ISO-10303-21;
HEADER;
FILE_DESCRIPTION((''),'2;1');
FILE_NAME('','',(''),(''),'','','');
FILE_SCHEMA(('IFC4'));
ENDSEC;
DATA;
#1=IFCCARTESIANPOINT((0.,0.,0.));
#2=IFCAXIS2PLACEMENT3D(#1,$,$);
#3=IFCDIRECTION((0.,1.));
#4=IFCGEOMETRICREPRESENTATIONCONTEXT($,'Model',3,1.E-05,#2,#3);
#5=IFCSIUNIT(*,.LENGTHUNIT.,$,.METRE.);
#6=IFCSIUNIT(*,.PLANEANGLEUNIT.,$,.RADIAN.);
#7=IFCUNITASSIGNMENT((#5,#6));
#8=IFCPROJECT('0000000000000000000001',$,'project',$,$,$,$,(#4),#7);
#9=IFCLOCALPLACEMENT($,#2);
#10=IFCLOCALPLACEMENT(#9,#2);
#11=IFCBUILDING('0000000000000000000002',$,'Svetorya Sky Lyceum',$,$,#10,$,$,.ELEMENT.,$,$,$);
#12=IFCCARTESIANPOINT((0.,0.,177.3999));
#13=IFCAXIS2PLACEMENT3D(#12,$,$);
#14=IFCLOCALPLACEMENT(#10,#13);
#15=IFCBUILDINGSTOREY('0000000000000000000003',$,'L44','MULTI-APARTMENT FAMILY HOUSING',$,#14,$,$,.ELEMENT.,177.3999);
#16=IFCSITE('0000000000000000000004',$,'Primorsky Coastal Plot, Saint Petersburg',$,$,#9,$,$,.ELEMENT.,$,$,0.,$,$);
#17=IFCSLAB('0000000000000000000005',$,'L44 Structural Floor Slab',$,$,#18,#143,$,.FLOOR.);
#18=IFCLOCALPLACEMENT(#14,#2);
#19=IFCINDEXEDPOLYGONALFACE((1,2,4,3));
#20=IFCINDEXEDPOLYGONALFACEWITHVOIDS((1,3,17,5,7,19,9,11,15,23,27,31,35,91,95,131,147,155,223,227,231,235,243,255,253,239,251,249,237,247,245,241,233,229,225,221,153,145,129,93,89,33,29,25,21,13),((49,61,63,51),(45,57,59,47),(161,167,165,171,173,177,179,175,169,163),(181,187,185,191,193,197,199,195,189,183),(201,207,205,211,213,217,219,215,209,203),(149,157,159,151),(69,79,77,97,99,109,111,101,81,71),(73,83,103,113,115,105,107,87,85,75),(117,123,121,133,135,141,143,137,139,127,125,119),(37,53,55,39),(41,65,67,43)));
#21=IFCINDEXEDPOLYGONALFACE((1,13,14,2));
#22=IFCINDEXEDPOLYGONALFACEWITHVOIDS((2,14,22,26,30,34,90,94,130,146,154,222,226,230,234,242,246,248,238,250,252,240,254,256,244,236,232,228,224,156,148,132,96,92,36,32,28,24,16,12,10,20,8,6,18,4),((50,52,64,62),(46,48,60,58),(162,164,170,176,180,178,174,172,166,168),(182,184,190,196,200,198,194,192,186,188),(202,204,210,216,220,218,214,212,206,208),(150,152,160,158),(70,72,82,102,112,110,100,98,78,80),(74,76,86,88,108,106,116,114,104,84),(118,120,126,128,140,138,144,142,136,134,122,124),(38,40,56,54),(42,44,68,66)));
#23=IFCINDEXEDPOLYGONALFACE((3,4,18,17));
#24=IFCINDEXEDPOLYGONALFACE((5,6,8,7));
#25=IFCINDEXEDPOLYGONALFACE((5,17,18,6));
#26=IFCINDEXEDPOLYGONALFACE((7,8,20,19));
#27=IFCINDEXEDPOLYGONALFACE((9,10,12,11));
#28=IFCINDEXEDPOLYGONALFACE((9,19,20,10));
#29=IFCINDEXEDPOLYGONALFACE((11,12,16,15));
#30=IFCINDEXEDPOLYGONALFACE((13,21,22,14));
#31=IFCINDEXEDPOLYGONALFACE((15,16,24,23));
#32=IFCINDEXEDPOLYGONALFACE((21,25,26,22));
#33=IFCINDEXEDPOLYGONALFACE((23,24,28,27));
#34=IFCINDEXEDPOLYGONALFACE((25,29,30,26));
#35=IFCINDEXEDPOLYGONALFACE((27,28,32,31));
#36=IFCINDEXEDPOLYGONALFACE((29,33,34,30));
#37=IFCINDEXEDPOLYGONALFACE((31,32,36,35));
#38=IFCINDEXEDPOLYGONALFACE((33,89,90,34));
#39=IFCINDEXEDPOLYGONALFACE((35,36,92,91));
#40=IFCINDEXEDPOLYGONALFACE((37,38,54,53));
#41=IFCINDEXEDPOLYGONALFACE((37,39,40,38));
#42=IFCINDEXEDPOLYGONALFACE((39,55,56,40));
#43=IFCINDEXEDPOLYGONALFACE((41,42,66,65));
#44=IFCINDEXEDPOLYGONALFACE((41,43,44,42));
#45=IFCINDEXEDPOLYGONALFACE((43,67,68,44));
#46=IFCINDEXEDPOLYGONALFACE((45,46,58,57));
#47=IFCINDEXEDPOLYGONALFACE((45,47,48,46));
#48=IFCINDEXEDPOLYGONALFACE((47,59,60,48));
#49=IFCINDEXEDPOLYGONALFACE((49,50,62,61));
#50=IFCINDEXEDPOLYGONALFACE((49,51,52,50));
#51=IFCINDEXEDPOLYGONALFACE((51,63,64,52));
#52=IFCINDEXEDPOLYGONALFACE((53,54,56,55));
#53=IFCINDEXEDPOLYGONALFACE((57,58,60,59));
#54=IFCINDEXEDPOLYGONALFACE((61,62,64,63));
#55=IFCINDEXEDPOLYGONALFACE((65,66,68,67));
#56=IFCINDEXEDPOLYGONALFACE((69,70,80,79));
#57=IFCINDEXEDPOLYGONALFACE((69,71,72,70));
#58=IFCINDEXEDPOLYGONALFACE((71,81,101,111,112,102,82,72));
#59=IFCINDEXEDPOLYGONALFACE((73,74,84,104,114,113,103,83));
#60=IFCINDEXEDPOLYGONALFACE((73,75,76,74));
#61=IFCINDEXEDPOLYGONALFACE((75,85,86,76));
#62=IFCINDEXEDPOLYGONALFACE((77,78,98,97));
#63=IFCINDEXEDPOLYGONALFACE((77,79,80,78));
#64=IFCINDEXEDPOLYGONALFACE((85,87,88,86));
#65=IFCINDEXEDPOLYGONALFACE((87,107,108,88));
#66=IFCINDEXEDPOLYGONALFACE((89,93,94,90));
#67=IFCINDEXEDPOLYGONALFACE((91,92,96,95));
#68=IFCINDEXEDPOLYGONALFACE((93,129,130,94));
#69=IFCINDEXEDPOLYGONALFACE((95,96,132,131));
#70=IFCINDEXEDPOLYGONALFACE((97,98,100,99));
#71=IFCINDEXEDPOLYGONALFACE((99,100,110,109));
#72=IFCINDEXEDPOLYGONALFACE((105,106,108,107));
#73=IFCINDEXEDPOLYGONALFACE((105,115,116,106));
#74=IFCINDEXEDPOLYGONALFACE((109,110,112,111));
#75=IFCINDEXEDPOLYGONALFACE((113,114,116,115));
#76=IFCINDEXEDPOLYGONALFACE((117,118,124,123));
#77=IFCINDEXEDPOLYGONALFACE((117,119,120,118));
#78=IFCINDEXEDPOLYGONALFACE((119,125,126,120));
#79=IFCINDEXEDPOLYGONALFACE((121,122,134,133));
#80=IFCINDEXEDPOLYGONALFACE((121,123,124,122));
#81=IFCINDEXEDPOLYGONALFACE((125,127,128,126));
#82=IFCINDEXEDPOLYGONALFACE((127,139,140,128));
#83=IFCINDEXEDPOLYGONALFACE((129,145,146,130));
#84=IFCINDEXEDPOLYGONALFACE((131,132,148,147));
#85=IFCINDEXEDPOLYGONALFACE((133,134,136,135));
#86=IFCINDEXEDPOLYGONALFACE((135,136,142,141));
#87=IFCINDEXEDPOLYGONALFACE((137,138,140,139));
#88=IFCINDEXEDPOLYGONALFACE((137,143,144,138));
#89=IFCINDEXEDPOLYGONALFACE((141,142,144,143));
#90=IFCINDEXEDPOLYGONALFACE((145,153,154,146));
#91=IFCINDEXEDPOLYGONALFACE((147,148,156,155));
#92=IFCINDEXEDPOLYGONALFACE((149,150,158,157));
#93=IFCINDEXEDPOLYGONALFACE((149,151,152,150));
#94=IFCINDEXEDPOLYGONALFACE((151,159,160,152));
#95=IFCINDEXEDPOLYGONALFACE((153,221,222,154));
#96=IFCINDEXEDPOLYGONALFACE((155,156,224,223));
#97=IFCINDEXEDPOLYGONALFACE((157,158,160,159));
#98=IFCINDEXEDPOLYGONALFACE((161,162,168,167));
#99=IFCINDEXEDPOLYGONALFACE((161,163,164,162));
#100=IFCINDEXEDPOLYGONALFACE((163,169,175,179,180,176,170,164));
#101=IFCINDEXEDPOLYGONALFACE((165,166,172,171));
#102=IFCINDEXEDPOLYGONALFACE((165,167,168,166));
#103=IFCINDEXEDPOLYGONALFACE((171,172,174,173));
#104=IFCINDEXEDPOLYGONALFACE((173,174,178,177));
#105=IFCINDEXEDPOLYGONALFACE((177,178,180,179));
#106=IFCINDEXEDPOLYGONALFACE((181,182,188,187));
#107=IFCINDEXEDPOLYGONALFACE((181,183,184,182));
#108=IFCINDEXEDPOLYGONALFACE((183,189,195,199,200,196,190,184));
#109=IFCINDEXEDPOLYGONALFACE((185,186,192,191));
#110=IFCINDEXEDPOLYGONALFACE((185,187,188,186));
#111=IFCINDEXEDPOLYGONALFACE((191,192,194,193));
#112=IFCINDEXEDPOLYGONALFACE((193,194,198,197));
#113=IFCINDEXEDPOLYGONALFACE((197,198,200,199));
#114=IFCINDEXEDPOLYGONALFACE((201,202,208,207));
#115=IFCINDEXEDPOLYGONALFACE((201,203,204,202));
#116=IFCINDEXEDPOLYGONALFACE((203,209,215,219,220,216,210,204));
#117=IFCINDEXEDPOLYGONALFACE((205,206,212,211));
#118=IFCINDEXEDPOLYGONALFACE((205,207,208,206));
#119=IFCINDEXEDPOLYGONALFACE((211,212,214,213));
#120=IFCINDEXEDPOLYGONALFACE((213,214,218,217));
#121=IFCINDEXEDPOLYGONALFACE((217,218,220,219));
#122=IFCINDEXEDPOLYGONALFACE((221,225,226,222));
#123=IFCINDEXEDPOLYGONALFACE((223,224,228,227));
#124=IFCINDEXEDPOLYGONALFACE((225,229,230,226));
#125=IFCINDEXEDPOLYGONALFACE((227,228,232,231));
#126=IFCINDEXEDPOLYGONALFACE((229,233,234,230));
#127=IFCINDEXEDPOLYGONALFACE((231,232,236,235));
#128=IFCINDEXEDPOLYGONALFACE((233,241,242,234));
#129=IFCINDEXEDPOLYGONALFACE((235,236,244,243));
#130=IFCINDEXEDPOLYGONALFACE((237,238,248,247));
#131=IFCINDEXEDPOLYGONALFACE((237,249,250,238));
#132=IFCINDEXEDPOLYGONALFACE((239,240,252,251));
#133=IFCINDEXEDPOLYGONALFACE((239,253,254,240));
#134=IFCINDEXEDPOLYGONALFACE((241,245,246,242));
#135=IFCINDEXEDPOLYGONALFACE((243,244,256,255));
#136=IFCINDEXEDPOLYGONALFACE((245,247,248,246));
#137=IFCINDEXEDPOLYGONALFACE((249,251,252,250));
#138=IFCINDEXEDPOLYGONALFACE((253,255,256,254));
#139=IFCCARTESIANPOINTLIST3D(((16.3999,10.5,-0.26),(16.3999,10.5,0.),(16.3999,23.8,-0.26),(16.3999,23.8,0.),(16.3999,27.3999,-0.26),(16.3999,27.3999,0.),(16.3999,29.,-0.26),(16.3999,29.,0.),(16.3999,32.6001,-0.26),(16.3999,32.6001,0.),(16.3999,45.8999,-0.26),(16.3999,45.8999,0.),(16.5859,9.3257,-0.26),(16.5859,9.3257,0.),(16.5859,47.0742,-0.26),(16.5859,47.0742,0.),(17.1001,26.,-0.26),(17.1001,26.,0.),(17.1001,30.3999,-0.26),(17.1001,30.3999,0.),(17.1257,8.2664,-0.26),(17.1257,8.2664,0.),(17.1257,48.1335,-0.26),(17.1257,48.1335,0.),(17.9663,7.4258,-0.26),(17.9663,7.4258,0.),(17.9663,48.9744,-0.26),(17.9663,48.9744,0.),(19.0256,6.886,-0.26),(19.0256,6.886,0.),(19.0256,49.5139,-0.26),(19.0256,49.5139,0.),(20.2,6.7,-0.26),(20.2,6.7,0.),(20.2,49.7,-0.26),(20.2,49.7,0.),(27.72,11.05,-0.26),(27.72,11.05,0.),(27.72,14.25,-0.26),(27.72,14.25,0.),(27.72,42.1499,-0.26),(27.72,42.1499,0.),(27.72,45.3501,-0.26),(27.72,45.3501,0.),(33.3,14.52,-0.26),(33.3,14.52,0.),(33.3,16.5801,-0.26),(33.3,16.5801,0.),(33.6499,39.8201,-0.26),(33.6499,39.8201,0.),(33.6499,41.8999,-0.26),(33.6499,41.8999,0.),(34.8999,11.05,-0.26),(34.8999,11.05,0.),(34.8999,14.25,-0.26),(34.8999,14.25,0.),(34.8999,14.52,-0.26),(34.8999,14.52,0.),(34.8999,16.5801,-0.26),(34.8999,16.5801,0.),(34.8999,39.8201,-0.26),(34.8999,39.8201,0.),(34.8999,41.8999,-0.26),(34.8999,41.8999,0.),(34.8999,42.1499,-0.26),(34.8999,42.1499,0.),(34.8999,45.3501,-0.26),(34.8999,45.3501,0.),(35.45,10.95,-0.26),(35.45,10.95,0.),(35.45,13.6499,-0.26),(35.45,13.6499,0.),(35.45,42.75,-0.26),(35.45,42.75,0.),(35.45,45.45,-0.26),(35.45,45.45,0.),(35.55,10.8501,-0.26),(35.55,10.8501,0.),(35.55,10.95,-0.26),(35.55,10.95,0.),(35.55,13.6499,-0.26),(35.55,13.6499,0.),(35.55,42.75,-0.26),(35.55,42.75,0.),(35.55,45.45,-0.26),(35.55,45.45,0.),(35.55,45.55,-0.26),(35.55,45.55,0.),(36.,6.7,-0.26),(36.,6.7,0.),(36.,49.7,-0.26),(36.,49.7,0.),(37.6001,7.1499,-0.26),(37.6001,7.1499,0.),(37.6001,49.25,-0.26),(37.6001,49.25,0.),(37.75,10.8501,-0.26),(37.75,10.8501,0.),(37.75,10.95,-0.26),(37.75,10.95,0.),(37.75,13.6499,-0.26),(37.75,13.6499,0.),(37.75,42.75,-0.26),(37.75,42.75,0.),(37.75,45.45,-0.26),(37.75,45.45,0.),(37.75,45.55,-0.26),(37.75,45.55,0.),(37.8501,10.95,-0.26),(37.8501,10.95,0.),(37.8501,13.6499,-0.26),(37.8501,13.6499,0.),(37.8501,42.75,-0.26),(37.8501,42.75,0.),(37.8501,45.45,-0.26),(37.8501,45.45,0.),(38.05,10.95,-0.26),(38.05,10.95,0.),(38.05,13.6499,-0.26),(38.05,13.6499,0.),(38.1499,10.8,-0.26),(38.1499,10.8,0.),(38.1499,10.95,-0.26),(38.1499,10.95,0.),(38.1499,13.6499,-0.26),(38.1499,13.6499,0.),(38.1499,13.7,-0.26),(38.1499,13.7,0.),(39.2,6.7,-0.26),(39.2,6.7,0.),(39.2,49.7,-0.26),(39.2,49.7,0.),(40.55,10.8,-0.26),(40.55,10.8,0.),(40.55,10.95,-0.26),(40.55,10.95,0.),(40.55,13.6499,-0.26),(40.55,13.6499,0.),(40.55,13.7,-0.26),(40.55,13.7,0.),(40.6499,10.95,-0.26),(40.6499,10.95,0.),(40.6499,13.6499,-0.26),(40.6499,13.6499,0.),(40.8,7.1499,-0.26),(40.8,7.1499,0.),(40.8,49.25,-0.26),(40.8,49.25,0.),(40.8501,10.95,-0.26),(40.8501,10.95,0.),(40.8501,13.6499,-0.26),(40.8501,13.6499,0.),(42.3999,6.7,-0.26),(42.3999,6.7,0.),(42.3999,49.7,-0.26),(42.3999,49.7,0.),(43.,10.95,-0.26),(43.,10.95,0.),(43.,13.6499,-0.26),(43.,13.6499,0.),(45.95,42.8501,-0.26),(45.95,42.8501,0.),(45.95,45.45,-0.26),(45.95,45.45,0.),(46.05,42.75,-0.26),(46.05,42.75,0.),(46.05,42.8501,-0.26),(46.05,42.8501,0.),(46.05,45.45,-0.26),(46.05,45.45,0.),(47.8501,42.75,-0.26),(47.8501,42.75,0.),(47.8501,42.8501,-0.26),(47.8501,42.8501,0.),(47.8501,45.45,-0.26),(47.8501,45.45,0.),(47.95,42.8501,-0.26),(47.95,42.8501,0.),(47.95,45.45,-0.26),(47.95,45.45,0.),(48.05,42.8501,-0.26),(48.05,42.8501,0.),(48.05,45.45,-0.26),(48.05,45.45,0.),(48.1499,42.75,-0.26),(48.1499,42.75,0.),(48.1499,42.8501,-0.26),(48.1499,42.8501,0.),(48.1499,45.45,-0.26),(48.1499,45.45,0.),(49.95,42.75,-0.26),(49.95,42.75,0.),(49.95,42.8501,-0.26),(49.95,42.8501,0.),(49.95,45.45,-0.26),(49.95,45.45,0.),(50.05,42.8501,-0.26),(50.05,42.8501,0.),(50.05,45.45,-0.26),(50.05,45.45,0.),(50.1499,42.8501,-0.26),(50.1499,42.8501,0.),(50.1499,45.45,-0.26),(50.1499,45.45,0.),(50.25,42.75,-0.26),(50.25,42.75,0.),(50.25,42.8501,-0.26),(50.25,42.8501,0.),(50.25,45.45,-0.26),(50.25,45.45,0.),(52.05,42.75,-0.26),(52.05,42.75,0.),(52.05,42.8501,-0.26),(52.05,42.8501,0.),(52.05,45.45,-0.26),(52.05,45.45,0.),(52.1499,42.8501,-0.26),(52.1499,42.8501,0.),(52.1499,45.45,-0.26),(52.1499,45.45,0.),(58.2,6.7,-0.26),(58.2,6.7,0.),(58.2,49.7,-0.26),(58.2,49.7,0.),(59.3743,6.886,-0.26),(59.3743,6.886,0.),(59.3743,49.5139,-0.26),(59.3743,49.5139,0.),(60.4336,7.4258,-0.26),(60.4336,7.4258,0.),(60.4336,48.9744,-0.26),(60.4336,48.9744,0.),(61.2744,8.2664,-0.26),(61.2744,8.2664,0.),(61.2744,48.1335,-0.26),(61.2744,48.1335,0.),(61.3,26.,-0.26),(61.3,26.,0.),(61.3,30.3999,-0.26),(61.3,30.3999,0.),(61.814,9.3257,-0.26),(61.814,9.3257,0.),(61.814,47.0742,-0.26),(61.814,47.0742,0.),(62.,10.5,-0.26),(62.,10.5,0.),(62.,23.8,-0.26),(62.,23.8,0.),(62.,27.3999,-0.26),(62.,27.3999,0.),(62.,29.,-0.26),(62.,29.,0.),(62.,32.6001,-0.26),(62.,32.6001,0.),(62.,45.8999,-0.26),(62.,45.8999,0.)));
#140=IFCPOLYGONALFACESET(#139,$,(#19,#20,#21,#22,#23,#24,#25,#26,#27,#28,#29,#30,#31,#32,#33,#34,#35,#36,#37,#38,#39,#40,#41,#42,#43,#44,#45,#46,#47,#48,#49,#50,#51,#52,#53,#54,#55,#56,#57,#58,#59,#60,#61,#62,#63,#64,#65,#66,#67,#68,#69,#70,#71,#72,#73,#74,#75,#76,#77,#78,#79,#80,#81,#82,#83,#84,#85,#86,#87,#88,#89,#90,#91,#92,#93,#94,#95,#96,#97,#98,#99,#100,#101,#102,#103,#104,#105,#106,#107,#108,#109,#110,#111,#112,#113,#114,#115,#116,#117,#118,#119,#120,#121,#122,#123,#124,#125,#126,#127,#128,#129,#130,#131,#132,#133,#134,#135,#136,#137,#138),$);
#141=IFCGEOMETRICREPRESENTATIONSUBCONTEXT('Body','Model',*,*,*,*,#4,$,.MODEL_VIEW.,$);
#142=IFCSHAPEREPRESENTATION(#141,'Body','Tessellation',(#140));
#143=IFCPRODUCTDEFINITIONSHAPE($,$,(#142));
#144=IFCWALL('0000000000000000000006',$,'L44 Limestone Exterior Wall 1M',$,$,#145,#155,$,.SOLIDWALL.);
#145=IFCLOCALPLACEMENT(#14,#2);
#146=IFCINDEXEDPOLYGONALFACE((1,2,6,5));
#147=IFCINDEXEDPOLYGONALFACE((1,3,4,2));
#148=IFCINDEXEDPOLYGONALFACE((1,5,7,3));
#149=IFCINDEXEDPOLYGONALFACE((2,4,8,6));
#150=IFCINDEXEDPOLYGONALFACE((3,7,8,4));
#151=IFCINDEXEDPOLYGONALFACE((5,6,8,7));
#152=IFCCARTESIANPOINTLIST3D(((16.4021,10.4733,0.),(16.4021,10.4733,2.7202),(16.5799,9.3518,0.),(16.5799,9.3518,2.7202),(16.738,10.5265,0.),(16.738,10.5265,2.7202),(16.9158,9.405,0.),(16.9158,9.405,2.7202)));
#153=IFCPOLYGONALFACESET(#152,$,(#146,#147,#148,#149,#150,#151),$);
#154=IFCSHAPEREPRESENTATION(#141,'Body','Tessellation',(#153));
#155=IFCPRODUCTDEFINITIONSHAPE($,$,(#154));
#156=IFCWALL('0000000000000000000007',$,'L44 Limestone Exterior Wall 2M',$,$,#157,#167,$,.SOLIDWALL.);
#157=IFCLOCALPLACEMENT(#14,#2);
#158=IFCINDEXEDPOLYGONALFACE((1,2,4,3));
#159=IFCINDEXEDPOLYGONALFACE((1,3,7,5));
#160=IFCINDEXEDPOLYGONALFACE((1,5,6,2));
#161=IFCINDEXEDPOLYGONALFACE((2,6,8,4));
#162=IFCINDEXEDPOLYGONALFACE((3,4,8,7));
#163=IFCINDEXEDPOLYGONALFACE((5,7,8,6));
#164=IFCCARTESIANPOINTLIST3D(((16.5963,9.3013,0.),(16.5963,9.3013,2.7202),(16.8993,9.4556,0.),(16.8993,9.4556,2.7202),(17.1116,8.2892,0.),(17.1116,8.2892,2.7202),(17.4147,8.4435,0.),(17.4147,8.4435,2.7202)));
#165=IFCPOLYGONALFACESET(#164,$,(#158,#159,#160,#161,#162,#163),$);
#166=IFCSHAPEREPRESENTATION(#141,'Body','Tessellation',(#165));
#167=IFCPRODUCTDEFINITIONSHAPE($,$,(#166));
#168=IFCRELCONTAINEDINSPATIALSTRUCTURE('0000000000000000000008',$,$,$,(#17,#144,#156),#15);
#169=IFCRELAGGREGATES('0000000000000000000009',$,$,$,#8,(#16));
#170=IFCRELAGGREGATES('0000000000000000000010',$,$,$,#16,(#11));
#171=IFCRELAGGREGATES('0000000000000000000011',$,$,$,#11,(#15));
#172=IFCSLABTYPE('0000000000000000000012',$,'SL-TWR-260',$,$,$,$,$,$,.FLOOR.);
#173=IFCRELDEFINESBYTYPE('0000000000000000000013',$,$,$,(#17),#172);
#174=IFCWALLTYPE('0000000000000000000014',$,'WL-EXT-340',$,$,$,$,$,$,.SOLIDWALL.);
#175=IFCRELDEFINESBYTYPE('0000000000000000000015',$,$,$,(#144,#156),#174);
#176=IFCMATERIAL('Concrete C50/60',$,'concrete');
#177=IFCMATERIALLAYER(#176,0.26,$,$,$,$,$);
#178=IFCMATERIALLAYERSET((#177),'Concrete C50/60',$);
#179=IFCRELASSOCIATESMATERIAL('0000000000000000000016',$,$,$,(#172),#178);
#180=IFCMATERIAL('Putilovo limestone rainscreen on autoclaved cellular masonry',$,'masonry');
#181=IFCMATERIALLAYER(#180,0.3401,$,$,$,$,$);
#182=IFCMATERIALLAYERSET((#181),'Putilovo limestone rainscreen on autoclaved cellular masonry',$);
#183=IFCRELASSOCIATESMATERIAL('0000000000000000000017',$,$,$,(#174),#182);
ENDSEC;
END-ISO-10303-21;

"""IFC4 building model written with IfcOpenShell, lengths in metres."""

from ifc_helpers import new_model, si_unit, direction, frame, frame_2d, origin, place, context, subcontext, project, spatial, polyline, rectangle, outline, extrude, material, layer, layer_set, type_object, element, save


model = new_model("IFC4")

# Units and contexts
model_context = context("Model", 3, precision=1e-05, world=origin(), true_north=direction((0.0, 1.0)))
body_context = subcontext(model_context, "Body", "Model", "MODEL_VIEW")
ifc_project = project(units=[si_unit("LENGTHUNIT", "METRE"), si_unit("PLANEANGLEUNIT", "RADIAN")], contexts=[model_context])

# Site, building, storey
site_placement = place(None, origin())
site = spatial("IfcSite", under=ifc_project, at=site_placement, Name="Primorsky Coastal Plot, Saint Petersburg", CompositionType="ELEMENT", RefElevation=0.0)
building_placement = place(site_placement, origin())
building = spatial("IfcBuilding", under=site, at=building_placement, Name="Svetorya Sky Lyceum", CompositionType="ELEMENT")
storey_placement = place(building_placement, frame((0.0, 0.0, 177.3999)))
storey = spatial("IfcBuildingStorey", under=building, at=storey_placement, Name="L44", Description="MULTI-APARTMENT FAMILY HOUSING", CompositionType="ELEMENT", Elevation=177.3999)

# Slab
ifc_material_1 = material(Name="Concrete C50/60", Category="concrete")
ifc_layer_1 = layer(ifc_material_1, 0.26)
ifc_layer_set_1 = layer_set([ifc_layer_1], Name="Concrete C50/60")
slab_type_1 = type_object("IfcSlabType", Name="SL-TWR-260", PredefinedType="FLOOR", material=ifc_layer_set_1)
slab_1_placement = place(storey_placement, frame((0.0, 0.0, -0.26)))
element("IfcSlab", 1, at=slab_1_placement, inside=storey, type_object=slab_type_1, Name="L44 Structural Floor Slab", PredefinedType="FLOOR", context=body_context, shape_type="SweptSolid", body=[
    extrude(outline(polyline([(16.3999, 10.5), (16.5859, 9.3257), (17.1257, 8.2664), (17.9663, 7.4258), (19.0256, 6.886), (20.2, 6.7), (36.0, 6.7), (37.6001, 7.1499), (39.2, 6.7), (40.8, 7.1499), (42.3999, 6.7), (58.2, 6.7), (59.3743, 6.886), (60.4336, 7.4258), (61.2744, 8.2664), (61.814, 9.3257), (62.0, 10.5), (62.0, 23.8), (61.3, 26.0), (62.0, 27.3999), (62.0, 29.0), (61.3, 30.3999), (62.0, 32.6001), (62.0, 45.8999), (61.814, 47.0742), (61.2744, 48.1335), (60.4336, 48.9744), (59.3743, 49.5139), (58.2, 49.7), (42.3999, 49.7), (40.8, 49.25), (39.2, 49.7), (37.6001, 49.25), (36.0, 49.7), (20.2, 49.7), (19.0256, 49.5139), (17.9663, 48.9744), (17.1257, 48.1335), (16.5859, 47.0742), (16.3999, 45.8999), (16.3999, 32.6001), (17.1001, 30.3999), (16.3999, 29.0), (16.3999, 27.3999), (17.1001, 26.0), (16.3999, 23.8), (16.3999, 10.5)]), holes=[polyline([(37.8501, 10.95), (37.75, 10.95), (37.75, 10.8501), (35.55, 10.8501), (35.55, 10.95), (35.45, 10.95), (35.45, 13.6499), (35.55, 13.6499), (37.75, 13.6499), (37.8501, 13.6499), (37.8501, 10.95)]), polyline([(38.1499, 10.8), (38.1499, 10.95), (38.05, 10.95), (38.05, 13.6499), (38.1499, 13.6499), (38.1499, 13.7), (40.55, 13.7), (40.55, 13.6499), (40.6499, 13.6499), (40.6499, 10.95), (40.55, 10.95), (40.55, 10.8), (38.1499, 10.8)]), polyline([(27.72, 11.05), (27.72, 14.25), (34.8999, 14.25), (34.8999, 11.05), (27.72, 11.05)]), polyline([(33.3, 14.52), (33.3, 16.5801), (34.8999, 16.5801), (34.8999, 14.52), (33.3, 14.52)]), polyline([(33.6499, 39.8201), (33.6499, 41.8999), (34.8999, 41.8999), (34.8999, 39.8201), (33.6499, 39.8201)]), polyline([(27.72, 42.1499), (27.72, 45.3501), (34.8999, 45.3501), (34.8999, 42.1499), (27.72, 42.1499)]), polyline([(37.75, 42.75), (35.55, 42.75), (35.45, 42.75), (35.45, 45.45), (35.55, 45.45), (35.55, 45.55), (37.75, 45.55), (37.75, 45.45), (37.8501, 45.45), (37.8501, 42.75), (37.75, 42.75)]), polyline([(40.8501, 10.95), (40.8501, 13.6499), (43.0, 13.6499), (43.0, 10.95), (40.8501, 10.95)]), polyline([(46.05, 42.75), (46.05, 42.8501), (45.95, 42.8501), (45.95, 45.45), (46.05, 45.45), (47.8501, 45.45), (47.95, 45.45), (47.95, 42.8501), (47.8501, 42.8501), (47.8501, 42.75), (46.05, 42.75)]), polyline([(50.05, 42.8501), (49.95, 42.8501), (49.95, 42.75), (48.1499, 42.75), (48.1499, 42.8501), (48.05, 42.8501), (48.05, 45.45), (48.1499, 45.45), (49.95, 45.45), (50.05, 45.45), (50.05, 42.8501)]), polyline([(52.1499, 42.8501), (52.05, 42.8501), (52.05, 42.75), (50.25, 42.75), (50.25, 42.8501), (50.1499, 42.8501), (50.1499, 45.45), (50.25, 45.45), (52.05, 45.45), (52.1499, 45.45), (52.1499, 42.8501)])]), origin(), (0.0, 0.0, 1.0), 0.26),
])

# Walls
ifc_material_2 = material(Name="Putilovo limestone rainscreen on autoclaved cellular masonry", Category="masonry")
ifc_layer_2 = layer(ifc_material_2, 0.3401)
ifc_layer_set_2 = layer_set([ifc_layer_2], Name="Putilovo limestone rainscreen on autoclaved cellular masonry")
wall_type_1 = type_object("IfcWallType", Name="WL-EXT-340", PredefinedType="SOLIDWALL", material=ifc_layer_set_2)
wall_1_placement = place(storey_placement, frame((16.5701, 10.5, 0.0), z_axis=(0.0, 0.0, 1.0), x_axis=(0.156515, -0.987676, 0.0)))
element("IfcWall", 2, at=wall_1_placement, inside=storey, type_object=wall_type_1, Name="L44 Limestone Exterior Wall 1M", PredefinedType="SOLIDWALL", context=body_context, shape_type="SweptSolid", body=[
    extrude(rectangle(XDim=1.1355, YDim=0.3401, at=frame_2d((0.5679, 0.0))), origin(), (0.0, 0.0, 1.0), 2.7202),
])
for number, where, z_axis, x_axis, name in (
    (3, (16.7478, 9.3784, 0.0), (0.0, 0.0, 1.0), (0.453736, -0.891136, 0.0), "L44 Limestone Exterior Wall 2M"),
):
    element("IfcWall", number, at=place(storey_placement, frame(where, z_axis=z_axis, x_axis=x_axis)), inside=storey, type_object=wall_type_1, Name=name, PredefinedType="SOLIDWALL", context=body_context, shape_type="SweptSolid", body=[
        extrude(rectangle(XDim=1.1357, YDim=0.3401, at=frame_2d((0.5679, 0.0))), origin(), (0.0, 0.0, 1.0), 2.7202),
    ])

save(model, "model.ifc")
